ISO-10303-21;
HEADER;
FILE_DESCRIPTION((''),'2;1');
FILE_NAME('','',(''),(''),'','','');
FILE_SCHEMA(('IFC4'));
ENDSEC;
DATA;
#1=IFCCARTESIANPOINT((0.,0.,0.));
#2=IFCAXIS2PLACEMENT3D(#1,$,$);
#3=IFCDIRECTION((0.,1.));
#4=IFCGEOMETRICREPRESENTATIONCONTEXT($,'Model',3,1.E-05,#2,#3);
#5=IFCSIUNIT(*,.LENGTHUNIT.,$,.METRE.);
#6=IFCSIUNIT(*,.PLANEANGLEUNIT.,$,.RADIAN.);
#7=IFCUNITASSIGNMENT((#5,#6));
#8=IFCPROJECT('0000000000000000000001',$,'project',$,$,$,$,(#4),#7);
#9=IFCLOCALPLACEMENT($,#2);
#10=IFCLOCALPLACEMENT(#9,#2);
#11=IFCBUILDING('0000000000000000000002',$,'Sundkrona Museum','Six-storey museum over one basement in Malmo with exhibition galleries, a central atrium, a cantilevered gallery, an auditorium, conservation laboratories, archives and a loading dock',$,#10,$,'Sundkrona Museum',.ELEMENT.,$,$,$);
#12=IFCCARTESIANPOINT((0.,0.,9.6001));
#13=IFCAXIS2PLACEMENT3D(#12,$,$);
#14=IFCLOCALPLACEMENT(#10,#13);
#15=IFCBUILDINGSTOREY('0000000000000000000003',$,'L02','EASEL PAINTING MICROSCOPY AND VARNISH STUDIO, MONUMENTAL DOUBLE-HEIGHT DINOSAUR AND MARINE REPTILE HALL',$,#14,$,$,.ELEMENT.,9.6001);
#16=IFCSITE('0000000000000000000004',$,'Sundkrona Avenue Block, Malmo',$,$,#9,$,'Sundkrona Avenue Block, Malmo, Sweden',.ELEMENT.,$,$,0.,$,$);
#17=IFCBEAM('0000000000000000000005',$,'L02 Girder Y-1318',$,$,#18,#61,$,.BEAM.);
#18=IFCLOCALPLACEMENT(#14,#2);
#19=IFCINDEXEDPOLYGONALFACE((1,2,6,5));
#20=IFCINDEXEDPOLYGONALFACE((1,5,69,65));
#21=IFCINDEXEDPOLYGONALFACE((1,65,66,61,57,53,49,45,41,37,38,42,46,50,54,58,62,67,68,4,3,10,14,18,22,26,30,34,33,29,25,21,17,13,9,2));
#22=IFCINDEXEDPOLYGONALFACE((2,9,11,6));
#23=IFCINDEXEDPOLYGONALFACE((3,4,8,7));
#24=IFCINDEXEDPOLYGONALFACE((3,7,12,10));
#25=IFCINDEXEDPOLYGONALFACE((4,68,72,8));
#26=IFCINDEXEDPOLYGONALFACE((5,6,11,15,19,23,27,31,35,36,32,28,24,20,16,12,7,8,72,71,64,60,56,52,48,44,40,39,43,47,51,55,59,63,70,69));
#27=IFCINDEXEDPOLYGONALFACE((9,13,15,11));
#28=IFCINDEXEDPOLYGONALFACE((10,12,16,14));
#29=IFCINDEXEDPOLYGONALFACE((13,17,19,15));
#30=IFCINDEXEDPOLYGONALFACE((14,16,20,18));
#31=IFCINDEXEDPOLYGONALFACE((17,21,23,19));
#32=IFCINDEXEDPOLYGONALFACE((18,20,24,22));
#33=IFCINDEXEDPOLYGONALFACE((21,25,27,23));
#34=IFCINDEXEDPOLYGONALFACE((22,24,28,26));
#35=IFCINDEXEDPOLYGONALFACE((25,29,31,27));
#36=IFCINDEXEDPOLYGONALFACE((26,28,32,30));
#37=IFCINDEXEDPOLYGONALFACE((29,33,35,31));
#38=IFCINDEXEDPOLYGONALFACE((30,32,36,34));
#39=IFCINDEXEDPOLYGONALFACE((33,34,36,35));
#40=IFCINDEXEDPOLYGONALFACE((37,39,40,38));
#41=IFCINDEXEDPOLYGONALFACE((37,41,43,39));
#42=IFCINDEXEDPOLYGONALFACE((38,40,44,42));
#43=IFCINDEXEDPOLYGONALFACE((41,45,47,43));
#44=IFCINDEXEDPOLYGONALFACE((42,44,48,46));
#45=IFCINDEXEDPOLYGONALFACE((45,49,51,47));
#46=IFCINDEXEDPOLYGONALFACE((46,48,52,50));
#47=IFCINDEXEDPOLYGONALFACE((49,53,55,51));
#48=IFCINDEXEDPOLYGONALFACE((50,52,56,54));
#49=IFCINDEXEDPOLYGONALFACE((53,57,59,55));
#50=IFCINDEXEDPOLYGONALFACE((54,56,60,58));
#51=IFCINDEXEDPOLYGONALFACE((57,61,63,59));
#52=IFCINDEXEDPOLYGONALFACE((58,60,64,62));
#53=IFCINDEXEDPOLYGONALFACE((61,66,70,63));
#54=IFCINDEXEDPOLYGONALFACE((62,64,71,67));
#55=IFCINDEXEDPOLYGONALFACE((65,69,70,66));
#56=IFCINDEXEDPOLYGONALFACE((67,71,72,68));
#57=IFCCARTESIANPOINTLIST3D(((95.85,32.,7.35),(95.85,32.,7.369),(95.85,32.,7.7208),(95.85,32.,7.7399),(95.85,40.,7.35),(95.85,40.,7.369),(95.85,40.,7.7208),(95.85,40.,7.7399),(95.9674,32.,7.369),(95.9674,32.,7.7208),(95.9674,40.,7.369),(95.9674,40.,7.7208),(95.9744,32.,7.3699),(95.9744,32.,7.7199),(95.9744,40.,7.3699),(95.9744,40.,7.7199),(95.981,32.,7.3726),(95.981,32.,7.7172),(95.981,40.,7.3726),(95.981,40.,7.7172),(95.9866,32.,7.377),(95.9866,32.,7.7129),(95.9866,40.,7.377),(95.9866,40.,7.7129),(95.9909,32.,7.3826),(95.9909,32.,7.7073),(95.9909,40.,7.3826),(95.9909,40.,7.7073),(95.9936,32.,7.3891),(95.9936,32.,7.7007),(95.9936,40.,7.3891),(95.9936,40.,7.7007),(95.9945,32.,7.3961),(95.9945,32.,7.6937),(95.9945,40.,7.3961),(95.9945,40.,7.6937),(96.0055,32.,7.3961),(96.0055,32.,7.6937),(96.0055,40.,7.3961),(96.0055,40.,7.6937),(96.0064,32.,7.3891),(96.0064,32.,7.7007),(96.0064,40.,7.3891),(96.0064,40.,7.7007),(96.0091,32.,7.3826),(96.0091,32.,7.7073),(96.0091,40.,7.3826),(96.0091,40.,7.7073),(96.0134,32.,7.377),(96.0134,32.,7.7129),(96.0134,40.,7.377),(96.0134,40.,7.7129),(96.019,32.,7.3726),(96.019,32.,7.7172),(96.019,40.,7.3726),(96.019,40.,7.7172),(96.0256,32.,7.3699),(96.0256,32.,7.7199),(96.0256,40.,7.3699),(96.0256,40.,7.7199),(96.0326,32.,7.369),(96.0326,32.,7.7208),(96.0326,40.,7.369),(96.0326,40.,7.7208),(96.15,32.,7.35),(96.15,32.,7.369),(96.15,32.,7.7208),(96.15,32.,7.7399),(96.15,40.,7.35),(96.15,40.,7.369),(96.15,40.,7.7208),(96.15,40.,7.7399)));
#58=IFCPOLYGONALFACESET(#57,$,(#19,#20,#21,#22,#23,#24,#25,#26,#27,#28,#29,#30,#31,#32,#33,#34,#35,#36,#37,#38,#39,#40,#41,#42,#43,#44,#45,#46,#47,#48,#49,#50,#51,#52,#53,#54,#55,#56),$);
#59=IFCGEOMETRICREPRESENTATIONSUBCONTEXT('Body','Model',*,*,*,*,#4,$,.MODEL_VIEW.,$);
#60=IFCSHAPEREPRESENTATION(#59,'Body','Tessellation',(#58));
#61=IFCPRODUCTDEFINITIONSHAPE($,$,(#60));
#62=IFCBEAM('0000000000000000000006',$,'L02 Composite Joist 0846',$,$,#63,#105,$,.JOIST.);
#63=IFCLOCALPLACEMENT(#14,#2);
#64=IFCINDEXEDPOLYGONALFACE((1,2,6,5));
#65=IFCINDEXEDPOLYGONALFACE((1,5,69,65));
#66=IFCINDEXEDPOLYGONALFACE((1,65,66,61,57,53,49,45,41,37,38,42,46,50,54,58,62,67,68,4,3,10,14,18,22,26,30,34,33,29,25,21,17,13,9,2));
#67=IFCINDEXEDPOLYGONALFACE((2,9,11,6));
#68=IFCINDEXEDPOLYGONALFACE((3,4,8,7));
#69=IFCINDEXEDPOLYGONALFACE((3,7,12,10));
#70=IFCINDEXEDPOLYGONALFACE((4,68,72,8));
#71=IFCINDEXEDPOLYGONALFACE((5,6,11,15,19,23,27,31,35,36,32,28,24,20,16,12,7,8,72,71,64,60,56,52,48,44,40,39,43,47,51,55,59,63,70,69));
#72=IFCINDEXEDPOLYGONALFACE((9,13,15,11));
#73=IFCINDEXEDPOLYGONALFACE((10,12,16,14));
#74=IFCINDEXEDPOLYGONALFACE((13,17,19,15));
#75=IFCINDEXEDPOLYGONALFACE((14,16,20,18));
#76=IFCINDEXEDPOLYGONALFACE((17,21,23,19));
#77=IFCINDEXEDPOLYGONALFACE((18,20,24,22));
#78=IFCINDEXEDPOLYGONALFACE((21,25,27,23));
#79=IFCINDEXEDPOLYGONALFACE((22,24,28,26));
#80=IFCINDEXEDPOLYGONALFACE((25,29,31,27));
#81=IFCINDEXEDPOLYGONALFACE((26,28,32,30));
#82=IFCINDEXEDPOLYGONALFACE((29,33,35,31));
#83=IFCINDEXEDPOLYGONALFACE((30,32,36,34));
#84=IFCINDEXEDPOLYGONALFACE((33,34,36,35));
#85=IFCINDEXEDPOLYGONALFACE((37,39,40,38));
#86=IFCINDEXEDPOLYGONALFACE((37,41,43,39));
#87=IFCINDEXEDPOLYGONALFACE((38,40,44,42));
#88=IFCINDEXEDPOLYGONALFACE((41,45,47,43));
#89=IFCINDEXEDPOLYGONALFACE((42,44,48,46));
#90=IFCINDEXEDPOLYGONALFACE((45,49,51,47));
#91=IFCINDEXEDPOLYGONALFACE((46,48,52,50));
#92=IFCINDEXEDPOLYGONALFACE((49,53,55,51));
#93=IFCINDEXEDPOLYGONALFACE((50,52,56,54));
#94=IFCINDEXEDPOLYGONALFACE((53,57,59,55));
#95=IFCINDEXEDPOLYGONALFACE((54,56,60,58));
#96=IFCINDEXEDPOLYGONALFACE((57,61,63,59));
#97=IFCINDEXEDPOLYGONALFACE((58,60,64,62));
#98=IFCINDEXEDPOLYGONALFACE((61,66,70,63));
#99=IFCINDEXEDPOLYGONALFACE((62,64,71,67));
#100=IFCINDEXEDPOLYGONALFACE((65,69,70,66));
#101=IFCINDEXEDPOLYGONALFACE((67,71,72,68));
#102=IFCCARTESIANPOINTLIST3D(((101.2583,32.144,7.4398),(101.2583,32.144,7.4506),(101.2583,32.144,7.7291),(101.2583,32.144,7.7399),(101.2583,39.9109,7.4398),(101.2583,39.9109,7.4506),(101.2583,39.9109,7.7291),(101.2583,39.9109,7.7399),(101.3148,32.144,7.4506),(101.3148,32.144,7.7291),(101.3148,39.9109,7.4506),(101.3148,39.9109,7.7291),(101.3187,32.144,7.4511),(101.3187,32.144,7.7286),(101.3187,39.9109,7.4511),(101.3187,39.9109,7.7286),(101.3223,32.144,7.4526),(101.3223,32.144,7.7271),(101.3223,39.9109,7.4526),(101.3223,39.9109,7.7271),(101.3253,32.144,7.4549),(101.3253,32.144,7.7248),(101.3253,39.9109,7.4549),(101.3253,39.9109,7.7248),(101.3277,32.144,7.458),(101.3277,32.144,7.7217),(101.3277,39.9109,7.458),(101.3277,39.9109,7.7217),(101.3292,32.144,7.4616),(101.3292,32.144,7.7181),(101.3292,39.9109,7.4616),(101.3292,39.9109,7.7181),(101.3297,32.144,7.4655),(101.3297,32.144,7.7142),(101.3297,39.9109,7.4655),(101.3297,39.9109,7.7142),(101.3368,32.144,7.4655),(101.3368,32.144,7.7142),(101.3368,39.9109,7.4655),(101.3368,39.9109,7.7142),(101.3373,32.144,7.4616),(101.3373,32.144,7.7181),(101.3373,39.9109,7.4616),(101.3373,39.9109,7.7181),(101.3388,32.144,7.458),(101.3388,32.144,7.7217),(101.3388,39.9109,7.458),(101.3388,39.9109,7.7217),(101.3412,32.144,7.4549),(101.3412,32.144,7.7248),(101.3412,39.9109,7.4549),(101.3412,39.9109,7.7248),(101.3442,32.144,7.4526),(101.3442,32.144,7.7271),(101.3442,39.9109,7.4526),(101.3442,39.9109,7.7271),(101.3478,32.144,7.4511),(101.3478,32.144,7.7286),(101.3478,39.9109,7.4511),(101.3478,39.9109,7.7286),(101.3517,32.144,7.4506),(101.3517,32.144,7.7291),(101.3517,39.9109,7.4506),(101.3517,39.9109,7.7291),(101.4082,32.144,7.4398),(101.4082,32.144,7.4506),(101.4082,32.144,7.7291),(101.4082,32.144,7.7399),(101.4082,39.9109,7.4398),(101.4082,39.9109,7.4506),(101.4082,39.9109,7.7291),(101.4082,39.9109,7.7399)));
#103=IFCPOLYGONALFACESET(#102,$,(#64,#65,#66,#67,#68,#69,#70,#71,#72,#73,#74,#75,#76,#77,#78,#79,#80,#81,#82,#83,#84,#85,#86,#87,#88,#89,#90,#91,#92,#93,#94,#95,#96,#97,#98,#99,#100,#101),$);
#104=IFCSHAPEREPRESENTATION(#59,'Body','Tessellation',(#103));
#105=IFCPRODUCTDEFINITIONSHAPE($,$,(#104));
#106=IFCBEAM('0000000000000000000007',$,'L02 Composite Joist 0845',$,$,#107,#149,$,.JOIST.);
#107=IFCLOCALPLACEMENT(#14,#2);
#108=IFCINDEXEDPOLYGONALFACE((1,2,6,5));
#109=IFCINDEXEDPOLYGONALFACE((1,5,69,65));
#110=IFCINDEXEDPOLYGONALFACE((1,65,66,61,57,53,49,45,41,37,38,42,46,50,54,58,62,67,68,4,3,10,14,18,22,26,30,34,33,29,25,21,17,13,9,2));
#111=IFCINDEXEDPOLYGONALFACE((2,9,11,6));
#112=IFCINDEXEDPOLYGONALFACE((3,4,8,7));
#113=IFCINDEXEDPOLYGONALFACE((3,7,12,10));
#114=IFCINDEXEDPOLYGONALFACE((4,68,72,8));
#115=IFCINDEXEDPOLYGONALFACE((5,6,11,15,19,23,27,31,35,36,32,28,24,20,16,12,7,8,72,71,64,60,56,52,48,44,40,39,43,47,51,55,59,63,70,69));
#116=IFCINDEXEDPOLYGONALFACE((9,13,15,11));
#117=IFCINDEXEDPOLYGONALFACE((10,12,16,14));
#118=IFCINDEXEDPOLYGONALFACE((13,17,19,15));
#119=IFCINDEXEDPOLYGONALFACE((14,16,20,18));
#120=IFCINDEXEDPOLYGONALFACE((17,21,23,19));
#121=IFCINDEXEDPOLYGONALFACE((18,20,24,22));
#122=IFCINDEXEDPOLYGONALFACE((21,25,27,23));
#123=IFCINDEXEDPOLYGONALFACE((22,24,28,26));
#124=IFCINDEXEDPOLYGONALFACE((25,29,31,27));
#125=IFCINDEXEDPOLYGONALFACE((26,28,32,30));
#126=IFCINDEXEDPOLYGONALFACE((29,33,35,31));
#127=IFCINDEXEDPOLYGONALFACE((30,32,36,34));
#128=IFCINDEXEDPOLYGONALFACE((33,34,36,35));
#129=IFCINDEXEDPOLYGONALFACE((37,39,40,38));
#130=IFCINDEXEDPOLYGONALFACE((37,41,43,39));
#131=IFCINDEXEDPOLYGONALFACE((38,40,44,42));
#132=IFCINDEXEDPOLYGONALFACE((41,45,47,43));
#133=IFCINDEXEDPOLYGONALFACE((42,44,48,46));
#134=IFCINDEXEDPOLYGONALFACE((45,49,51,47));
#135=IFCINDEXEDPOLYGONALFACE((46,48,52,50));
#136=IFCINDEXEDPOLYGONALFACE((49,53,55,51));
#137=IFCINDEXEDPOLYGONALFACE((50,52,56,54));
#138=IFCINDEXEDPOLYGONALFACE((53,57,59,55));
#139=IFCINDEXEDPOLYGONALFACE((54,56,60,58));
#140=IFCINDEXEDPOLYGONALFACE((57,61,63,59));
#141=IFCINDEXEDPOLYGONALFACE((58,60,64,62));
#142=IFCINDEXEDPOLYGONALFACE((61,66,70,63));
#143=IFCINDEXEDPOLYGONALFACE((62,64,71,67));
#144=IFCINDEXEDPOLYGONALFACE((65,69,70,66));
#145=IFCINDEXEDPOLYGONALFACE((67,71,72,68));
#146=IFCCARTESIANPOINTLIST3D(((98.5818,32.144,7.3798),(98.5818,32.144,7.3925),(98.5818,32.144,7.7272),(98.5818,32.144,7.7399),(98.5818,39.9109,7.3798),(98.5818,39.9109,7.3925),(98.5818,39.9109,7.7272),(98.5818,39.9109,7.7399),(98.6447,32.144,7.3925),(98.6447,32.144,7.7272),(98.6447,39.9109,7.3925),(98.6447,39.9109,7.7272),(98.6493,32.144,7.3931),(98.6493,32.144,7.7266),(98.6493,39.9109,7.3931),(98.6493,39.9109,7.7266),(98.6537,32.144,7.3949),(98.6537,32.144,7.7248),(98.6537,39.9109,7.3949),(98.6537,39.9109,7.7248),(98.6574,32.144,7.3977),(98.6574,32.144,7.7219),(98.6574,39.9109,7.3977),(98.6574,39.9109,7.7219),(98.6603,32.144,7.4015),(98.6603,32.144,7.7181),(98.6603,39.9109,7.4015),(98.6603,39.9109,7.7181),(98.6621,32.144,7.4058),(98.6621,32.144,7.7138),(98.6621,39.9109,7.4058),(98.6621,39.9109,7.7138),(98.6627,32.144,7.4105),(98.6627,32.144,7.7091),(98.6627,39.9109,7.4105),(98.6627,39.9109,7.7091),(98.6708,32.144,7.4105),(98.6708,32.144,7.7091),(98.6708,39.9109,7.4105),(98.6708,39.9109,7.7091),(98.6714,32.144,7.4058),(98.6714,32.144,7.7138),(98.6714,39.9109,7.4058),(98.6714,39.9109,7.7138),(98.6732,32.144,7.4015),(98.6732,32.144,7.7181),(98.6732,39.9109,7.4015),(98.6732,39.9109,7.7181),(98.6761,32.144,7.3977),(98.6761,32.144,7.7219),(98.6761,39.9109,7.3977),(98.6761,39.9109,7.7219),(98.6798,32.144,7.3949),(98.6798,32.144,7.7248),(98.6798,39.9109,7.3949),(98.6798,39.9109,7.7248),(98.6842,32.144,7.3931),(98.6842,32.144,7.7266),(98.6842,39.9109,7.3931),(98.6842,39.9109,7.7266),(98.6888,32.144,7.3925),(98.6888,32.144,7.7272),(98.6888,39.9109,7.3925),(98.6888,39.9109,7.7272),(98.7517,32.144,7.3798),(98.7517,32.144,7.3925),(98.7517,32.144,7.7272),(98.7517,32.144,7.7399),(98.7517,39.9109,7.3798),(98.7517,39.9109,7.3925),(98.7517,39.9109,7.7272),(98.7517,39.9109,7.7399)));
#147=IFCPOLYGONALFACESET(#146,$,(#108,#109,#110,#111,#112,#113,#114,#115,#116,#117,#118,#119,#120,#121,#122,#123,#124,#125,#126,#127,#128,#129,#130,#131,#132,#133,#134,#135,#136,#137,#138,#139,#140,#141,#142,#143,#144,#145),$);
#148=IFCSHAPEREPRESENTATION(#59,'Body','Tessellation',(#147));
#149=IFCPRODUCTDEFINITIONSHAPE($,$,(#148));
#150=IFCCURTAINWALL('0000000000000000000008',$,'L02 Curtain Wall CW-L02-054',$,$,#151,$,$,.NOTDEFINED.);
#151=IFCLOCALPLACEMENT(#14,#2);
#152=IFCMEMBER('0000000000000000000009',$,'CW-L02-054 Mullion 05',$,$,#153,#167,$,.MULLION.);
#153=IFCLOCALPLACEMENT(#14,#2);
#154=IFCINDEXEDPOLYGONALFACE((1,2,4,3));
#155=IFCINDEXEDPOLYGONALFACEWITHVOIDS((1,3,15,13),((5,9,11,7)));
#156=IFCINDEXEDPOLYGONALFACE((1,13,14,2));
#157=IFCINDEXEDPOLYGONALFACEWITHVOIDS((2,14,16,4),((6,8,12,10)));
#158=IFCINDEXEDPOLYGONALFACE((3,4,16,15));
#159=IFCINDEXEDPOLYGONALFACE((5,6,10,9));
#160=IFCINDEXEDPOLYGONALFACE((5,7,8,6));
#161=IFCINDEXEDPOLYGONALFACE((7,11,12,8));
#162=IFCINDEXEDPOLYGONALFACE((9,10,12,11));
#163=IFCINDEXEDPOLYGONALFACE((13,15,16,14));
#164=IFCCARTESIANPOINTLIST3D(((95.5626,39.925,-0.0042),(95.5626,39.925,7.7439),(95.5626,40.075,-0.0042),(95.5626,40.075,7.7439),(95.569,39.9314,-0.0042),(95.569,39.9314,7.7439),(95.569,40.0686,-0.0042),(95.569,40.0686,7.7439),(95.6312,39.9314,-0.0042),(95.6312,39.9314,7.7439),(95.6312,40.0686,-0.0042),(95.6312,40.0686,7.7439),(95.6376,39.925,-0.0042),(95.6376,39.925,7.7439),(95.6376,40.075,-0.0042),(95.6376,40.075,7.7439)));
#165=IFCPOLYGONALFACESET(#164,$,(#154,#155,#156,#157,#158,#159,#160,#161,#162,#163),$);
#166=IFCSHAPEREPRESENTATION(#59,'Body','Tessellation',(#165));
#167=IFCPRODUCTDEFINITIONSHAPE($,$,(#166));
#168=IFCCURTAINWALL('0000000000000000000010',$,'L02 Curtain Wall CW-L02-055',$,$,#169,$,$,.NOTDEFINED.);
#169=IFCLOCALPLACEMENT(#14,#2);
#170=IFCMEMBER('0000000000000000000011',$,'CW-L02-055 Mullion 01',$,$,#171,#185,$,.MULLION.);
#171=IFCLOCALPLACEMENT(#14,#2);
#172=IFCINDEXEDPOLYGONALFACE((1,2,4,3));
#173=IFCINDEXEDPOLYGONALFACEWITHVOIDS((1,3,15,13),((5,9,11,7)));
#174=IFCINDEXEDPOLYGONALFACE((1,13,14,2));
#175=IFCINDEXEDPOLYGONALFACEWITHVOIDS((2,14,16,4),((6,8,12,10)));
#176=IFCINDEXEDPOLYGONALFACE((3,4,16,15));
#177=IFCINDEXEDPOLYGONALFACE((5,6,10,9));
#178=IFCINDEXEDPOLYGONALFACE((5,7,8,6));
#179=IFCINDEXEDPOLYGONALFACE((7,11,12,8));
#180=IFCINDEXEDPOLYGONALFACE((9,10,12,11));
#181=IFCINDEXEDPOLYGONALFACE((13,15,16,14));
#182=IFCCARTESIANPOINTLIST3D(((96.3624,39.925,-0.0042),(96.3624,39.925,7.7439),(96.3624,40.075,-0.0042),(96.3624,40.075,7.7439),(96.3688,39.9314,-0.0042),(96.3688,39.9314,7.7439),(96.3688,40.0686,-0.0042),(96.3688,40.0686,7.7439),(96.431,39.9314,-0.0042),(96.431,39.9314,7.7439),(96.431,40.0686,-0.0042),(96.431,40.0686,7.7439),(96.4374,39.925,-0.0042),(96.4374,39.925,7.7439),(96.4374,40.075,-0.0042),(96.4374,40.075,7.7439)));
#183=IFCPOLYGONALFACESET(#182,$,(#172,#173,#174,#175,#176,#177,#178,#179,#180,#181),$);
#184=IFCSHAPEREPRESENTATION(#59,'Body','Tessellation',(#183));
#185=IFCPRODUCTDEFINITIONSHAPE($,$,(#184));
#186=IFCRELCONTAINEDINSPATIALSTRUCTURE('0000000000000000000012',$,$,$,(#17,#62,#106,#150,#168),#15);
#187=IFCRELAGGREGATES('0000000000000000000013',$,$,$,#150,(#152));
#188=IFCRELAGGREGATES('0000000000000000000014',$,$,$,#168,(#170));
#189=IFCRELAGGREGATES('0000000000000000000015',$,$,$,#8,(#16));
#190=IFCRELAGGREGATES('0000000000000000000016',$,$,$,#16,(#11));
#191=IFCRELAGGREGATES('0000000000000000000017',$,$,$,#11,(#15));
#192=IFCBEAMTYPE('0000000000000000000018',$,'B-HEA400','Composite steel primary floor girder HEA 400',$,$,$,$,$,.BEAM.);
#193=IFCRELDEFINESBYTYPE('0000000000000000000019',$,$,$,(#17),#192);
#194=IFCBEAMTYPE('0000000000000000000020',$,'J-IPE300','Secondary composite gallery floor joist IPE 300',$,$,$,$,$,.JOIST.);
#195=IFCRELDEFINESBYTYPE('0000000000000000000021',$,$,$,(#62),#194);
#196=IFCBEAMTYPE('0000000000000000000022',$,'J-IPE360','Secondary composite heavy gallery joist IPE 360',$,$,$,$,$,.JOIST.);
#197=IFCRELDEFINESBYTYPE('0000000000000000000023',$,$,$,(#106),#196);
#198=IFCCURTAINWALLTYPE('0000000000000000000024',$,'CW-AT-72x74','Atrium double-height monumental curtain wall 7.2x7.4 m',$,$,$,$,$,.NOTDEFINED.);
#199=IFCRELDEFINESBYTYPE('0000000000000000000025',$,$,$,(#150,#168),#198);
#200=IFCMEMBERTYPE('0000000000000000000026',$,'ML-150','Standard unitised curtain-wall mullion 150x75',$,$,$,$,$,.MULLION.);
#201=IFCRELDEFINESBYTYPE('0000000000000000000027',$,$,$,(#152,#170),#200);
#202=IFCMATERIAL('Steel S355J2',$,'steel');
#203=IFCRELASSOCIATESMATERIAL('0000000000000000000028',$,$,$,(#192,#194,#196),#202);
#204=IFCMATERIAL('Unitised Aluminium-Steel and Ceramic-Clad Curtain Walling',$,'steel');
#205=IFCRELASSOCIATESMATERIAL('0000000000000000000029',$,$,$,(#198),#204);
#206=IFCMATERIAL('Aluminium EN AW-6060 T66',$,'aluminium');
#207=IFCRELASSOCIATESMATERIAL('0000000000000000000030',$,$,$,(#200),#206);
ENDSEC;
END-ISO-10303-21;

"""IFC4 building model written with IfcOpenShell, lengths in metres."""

from ifc_helpers import new_model, si_unit, direction, frame, origin, origin_2d, place, context, subcontext, project, spatial, hollow_rectangle, i_section, extrude, material, material_profile, profile_set, type_object, element, aggregate, save


model = new_model("IFC4")

# Units and contexts
model_context = context("Model", 3, precision=1e-05, world=origin(), true_north=direction((0.0, 1.0)))
body_context = subcontext(model_context, "Body", "Model", "MODEL_VIEW")
ifc_project = project(units=[si_unit("LENGTHUNIT", "METRE"), si_unit("PLANEANGLEUNIT", "RADIAN")], contexts=[model_context])

# Site, building, storey
site_placement = place(None, origin())
site = spatial("IfcSite", under=ifc_project, at=site_placement, Name="Sundkrona Avenue Block, Malmo", LongName="Sundkrona Avenue Block, Malmo, Sweden", CompositionType="ELEMENT", RefElevation=0.0)
building_placement = place(site_placement, origin())
building = spatial("IfcBuilding", under=site, at=building_placement, Name="Sundkrona Museum", Description="Six-storey museum over one basement in Malmo with exhibition galleries, a central atrium, a cantilevered gallery, an auditorium, conservation laboratories, archives and a loading dock", LongName="Sundkrona Museum", CompositionType="ELEMENT")
storey_placement = place(building_placement, frame((0.0, 0.0, 9.6001)))
storey = spatial("IfcBuildingStorey", under=building, at=storey_placement, Name="L02", Description="EASEL PAINTING MICROSCOPY AND VARNISH STUDIO, MONUMENTAL DOUBLE-HEIGHT DINOSAUR AND MARINE REPTILE HALL", CompositionType="ELEMENT", Elevation=9.6001)

# Shared definitions
ifc_material_1 = material(Name="Steel S355J2", Category="steel")

# Beams
ifc_material_profile_1 = material_profile(ifc_material_1, i_section(OverallWidth=0.3, OverallDepth=0.3899, WebThickness=0.011, FlangeThickness=0.019, FilletRadius=0.0271, at=origin_2d()), Name="HEA 400")
ifc_profile_set_1 = profile_set([ifc_material_profile_1], Name="Steel S355J2")
beam_type_1 = type_object("IfcBeamType", Name="B-HEA400", Description="Composite steel primary floor girder HEA 400", PredefinedType="BEAM", material=ifc_profile_set_1)
for number, where, z_axis, x_axis, name in (
    (1, (96.0, 32.0, 7.5449), (0.0, 1.0, 0.0), (-1.0, 0.0, 0.0), "L02 Girder Y-1318"),
):
    element("IfcBeam", number, at=place(storey_placement, frame(where, z_axis=z_axis, x_axis=x_axis)), inside=storey, type_object=beam_type_1, Name=name, PredefinedType="BEAM", context=body_context, shape_type="SweptSolid", body=[
        extrude(i_section(OverallWidth=0.3, OverallDepth=0.3899, WebThickness=0.011, FlangeThickness=0.019, FilletRadius=0.0271, at=origin_2d()), origin(), (0.0, 0.0, 1.0), 8.0),
    ])
ifc_material_profile_2 = material_profile(ifc_material_1, i_section(OverallWidth=0.1499, OverallDepth=0.3, WebThickness=0.0071, FlangeThickness=0.0107, FilletRadius=0.0149, at=origin_2d()), Name="IPE 300")
ifc_profile_set_2 = profile_set([ifc_material_profile_2], Name="Steel S355J2")
beam_type_2 = type_object("IfcBeamType", Name="J-IPE300", Description="Secondary composite gallery floor joist IPE 300", PredefinedType="JOIST", material=ifc_profile_set_2)
beam_1_placement = place(storey_placement, frame((101.3333, 32.144, 7.5898), z_axis=(0.0, 1.0, 0.0), x_axis=(-1.0, 0.0, 0.0)))
element("IfcBeam", 2, at=beam_1_placement, inside=storey, type_object=beam_type_2, Name="L02 Composite Joist 0846", PredefinedType="JOIST", context=body_context, shape_type="SweptSolid", body=[
    extrude(i_section(OverallWidth=0.1499, OverallDepth=0.3, WebThickness=0.0071, FlangeThickness=0.0107, FilletRadius=0.0149, at=origin_2d()), origin(), (0.0, 0.0, 1.0), 7.7668),
])
ifc_material_profile_3 = material_profile(ifc_material_1, i_section(OverallWidth=0.1699, OverallDepth=0.3601, WebThickness=0.0081, FlangeThickness=0.0127, FilletRadius=0.0181, at=origin_2d()), Name="IPE 360")
ifc_profile_set_3 = profile_set([ifc_material_profile_3], Name="Steel S355J2")
beam_type_3 = type_object("IfcBeamType", Name="J-IPE360", Description="Secondary composite heavy gallery joist IPE 360", PredefinedType="JOIST", material=ifc_profile_set_3)
beam_2_placement = place(storey_placement, frame((98.6667, 32.144, 7.5598), z_axis=(0.0, 1.0, 0.0), x_axis=(-1.0, 0.0, 0.0)))
element("IfcBeam", 3, at=beam_2_placement, inside=storey, type_object=beam_type_3, Name="L02 Composite Joist 0845", PredefinedType="JOIST", context=body_context, shape_type="SweptSolid", body=[
    extrude(i_section(OverallWidth=0.1699, OverallDepth=0.3601, WebThickness=0.0081, FlangeThickness=0.0127, FilletRadius=0.0181, at=origin_2d()), origin(), (0.0, 0.0, 1.0), 7.7668),
])

# Curtain wall, member
ifc_material_2 = material(Name="Unitised Aluminium-Steel and Ceramic-Clad Curtain Walling", Category="steel")
curtain_wall_type = type_object("IfcCurtainWallType", Name="CW-AT-72x74", Description="Atrium double-height monumental curtain wall 7.2x7.4 m", PredefinedType="NOTDEFINED", material=ifc_material_2)
curtain_wall_1_placement = place(storey_placement, origin())
curtain_wall_1 = element("IfcCurtainWall", 4, at=curtain_wall_1_placement, inside=storey, type_object=curtain_wall_type, Name="L02 Curtain Wall CW-L02-054", PredefinedType="NOTDEFINED")
ifc_material_3 = material(Name="Aluminium EN AW-6060 T66", Category="aluminium")
ifc_material_profile_4 = material_profile(ifc_material_3, hollow_rectangle(XDim=0.075, YDim=0.1499, WallThickness=0.0063, at=origin_2d()), Name="RHS 150x75x6.3")
ifc_profile_set_4 = profile_set([ifc_material_profile_4], Name="Aluminium EN AW-6060 T66")
member_type_1 = type_object("IfcMemberType", Name="ML-150", Description="Standard unitised curtain-wall mullion 150x75", PredefinedType="MULLION", material=ifc_profile_set_4)
member_1_placement = place(storey_placement, frame((95.6001, 40.0, -0.0042), z_axis=(0.0, 0.0, 1.0), x_axis=(1.0, 0.0, 0.0)))
member_1 = element("IfcMember", 5, at=member_1_placement, type_object=member_type_1, Name="CW-L02-054 Mullion 05", PredefinedType="MULLION", context=body_context, shape_type="SweptSolid", body=[
    extrude(hollow_rectangle(XDim=0.075, YDim=0.1499, WallThickness=0.0063, at=origin_2d()), origin(), (0.0, 0.0, 1.0), 7.748),
])

# Curtain wall, member
curtain_wall_2_placement = place(storey_placement, origin())
curtain_wall_2 = element("IfcCurtainWall", 6, at=curtain_wall_2_placement, inside=storey, type_object=curtain_wall_type, Name="L02 Curtain Wall CW-L02-055", PredefinedType="NOTDEFINED")
member_2_placement = place(storey_placement, frame((96.3999, 40.0, -0.0042), z_axis=(0.0, 0.0, 1.0), x_axis=(1.0, 0.0, 0.0)))
member_2 = element("IfcMember", 7, at=member_2_placement, type_object=member_type_1, Name="CW-L02-055 Mullion 01", PredefinedType="MULLION", context=body_context, shape_type="SweptSolid", body=[
    extrude(hollow_rectangle(XDim=0.075, YDim=0.1499, WallThickness=0.0063, at=origin_2d()), origin(), (0.0, 0.0, 1.0), 7.748),
])

aggregate(curtain_wall_1, [member_1])
aggregate(curtain_wall_2, [member_2])

save(model, "model.ifc")
